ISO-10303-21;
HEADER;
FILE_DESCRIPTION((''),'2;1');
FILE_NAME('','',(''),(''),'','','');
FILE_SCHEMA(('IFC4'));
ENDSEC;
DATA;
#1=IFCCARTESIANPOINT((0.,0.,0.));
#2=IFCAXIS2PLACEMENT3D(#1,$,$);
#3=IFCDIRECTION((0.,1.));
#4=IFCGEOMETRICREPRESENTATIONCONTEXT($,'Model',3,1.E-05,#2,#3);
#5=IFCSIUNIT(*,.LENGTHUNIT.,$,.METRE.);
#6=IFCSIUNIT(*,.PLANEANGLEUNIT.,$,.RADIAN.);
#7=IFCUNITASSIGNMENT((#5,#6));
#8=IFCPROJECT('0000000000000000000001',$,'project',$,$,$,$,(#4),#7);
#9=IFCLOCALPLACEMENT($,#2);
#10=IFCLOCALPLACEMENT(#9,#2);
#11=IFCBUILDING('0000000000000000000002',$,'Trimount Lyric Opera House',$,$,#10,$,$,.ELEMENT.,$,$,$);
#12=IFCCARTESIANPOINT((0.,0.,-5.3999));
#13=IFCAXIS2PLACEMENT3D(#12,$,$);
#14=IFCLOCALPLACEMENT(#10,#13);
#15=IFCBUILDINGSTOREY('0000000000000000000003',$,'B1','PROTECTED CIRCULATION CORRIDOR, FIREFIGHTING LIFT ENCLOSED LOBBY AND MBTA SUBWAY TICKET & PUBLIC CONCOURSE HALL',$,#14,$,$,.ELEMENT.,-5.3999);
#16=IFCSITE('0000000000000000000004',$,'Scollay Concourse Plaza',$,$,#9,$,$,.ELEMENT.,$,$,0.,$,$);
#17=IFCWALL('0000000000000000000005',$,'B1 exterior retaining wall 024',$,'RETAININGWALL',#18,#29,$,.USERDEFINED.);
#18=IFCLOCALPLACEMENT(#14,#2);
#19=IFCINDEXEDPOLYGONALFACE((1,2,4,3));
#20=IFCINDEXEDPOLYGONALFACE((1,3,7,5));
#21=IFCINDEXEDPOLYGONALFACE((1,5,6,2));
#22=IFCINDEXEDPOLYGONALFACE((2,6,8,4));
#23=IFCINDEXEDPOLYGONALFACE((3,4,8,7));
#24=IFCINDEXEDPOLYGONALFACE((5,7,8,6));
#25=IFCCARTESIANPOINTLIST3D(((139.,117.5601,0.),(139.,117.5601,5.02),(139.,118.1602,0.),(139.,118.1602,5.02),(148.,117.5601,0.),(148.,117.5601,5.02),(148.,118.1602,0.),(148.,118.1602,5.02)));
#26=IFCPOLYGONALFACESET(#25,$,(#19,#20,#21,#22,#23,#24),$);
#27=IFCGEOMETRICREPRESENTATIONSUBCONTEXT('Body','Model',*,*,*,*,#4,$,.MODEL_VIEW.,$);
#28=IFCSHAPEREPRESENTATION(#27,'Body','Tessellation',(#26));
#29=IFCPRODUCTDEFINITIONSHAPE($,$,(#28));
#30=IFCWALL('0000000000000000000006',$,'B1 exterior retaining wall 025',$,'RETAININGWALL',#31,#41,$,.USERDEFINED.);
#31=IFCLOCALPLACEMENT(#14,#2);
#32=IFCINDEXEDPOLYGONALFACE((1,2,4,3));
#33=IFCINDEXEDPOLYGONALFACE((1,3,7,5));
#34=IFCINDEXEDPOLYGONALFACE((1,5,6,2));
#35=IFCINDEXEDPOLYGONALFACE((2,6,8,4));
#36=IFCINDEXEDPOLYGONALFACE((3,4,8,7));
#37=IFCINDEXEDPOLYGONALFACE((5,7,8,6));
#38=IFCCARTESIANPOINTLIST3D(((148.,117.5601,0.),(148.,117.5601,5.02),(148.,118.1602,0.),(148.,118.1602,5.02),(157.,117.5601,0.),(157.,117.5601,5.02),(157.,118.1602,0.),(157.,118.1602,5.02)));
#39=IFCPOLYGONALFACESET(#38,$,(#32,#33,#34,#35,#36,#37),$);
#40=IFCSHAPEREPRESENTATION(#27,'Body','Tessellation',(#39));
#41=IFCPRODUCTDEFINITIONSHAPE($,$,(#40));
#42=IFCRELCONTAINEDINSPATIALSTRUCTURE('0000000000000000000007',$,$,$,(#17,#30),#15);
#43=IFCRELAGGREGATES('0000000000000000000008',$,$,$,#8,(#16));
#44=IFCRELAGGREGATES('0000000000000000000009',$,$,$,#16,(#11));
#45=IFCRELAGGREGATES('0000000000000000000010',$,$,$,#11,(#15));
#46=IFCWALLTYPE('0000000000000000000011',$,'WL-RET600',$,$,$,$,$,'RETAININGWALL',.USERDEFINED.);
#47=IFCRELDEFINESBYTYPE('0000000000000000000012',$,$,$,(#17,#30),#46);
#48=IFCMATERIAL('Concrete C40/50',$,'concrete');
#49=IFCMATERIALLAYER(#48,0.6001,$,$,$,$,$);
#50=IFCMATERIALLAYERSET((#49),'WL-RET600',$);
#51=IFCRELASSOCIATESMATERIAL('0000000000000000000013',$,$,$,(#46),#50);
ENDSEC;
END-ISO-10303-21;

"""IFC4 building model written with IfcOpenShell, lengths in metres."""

from ifc_helpers import new_model, si_unit, direction, frame, frame_2d, origin, place, context, subcontext, project, spatial, rectangle, extrude, material, layer, layer_set, type_object, element, save


model = new_model("IFC4")

# Units and contexts
model_context = context("Model", 3, precision=1e-05, world=origin(), true_north=direction((0.0, 1.0)))
body_context = subcontext(model_context, "Body", "Model", "MODEL_VIEW")
ifc_project = project(units=[si_unit("LENGTHUNIT", "METRE"), si_unit("PLANEANGLEUNIT", "RADIAN")], contexts=[model_context])

# Site, building, storey
site_placement = place(None, origin())
site = spatial("IfcSite", under=ifc_project, at=site_placement, Name="Scollay Concourse Plaza", CompositionType="ELEMENT", RefElevation=0.0)
building_placement = place(site_placement, origin())
building = spatial("IfcBuilding", under=site, at=building_placement, Name="Trimount Lyric Opera House", CompositionType="ELEMENT")
storey_placement = place(building_placement, frame((0.0, 0.0, -5.3999)))
storey = spatial("IfcBuildingStorey", under=building, at=storey_placement, Name="B1", Description="PROTECTED CIRCULATION CORRIDOR, FIREFIGHTING LIFT ENCLOSED LOBBY AND MBTA SUBWAY TICKET & PUBLIC CONCOURSE HALL", CompositionType="ELEMENT", Elevation=-5.3999)

# Walls
ifc_material_1 = material(Name="Concrete C40/50", Category="concrete")
ifc_layer_1 = layer(ifc_material_1, 0.6001)
ifc_layer_set_1 = layer_set([ifc_layer_1], Name="WL-RET600")
wall_type_1 = type_object("IfcWallType", Name="WL-RET600", ElementType="RETAININGWALL", PredefinedType="USERDEFINED", material=ifc_layer_set_1)
for number, where, z_axis, x_axis, name in (
    (1, (139.0, 117.8601, 0.0), (0.0, 0.0, 1.0), (1.0, 0.0, 0.0), "B1 exterior retaining wall 024"),
    (2, (148.0, 117.8601, 0.0), (0.0, 0.0, 1.0), (1.0, 0.0, 0.0), "B1 exterior retaining wall 025"),
):
    element("IfcWall", number, at=place(storey_placement, frame(where, z_axis=z_axis, x_axis=x_axis)), inside=storey, type_object=wall_type_1, Name=name, ObjectType="RETAININGWALL", PredefinedType="USERDEFINED", context=body_context, shape_type="SweptSolid", body=[
        extrude(rectangle(XDim=9.0, YDim=0.6001, at=frame_2d((4.5, 0.0))), origin(), (0.0, 0.0, 1.0), 5.02),
    ])

save(model, "model.ifc")
